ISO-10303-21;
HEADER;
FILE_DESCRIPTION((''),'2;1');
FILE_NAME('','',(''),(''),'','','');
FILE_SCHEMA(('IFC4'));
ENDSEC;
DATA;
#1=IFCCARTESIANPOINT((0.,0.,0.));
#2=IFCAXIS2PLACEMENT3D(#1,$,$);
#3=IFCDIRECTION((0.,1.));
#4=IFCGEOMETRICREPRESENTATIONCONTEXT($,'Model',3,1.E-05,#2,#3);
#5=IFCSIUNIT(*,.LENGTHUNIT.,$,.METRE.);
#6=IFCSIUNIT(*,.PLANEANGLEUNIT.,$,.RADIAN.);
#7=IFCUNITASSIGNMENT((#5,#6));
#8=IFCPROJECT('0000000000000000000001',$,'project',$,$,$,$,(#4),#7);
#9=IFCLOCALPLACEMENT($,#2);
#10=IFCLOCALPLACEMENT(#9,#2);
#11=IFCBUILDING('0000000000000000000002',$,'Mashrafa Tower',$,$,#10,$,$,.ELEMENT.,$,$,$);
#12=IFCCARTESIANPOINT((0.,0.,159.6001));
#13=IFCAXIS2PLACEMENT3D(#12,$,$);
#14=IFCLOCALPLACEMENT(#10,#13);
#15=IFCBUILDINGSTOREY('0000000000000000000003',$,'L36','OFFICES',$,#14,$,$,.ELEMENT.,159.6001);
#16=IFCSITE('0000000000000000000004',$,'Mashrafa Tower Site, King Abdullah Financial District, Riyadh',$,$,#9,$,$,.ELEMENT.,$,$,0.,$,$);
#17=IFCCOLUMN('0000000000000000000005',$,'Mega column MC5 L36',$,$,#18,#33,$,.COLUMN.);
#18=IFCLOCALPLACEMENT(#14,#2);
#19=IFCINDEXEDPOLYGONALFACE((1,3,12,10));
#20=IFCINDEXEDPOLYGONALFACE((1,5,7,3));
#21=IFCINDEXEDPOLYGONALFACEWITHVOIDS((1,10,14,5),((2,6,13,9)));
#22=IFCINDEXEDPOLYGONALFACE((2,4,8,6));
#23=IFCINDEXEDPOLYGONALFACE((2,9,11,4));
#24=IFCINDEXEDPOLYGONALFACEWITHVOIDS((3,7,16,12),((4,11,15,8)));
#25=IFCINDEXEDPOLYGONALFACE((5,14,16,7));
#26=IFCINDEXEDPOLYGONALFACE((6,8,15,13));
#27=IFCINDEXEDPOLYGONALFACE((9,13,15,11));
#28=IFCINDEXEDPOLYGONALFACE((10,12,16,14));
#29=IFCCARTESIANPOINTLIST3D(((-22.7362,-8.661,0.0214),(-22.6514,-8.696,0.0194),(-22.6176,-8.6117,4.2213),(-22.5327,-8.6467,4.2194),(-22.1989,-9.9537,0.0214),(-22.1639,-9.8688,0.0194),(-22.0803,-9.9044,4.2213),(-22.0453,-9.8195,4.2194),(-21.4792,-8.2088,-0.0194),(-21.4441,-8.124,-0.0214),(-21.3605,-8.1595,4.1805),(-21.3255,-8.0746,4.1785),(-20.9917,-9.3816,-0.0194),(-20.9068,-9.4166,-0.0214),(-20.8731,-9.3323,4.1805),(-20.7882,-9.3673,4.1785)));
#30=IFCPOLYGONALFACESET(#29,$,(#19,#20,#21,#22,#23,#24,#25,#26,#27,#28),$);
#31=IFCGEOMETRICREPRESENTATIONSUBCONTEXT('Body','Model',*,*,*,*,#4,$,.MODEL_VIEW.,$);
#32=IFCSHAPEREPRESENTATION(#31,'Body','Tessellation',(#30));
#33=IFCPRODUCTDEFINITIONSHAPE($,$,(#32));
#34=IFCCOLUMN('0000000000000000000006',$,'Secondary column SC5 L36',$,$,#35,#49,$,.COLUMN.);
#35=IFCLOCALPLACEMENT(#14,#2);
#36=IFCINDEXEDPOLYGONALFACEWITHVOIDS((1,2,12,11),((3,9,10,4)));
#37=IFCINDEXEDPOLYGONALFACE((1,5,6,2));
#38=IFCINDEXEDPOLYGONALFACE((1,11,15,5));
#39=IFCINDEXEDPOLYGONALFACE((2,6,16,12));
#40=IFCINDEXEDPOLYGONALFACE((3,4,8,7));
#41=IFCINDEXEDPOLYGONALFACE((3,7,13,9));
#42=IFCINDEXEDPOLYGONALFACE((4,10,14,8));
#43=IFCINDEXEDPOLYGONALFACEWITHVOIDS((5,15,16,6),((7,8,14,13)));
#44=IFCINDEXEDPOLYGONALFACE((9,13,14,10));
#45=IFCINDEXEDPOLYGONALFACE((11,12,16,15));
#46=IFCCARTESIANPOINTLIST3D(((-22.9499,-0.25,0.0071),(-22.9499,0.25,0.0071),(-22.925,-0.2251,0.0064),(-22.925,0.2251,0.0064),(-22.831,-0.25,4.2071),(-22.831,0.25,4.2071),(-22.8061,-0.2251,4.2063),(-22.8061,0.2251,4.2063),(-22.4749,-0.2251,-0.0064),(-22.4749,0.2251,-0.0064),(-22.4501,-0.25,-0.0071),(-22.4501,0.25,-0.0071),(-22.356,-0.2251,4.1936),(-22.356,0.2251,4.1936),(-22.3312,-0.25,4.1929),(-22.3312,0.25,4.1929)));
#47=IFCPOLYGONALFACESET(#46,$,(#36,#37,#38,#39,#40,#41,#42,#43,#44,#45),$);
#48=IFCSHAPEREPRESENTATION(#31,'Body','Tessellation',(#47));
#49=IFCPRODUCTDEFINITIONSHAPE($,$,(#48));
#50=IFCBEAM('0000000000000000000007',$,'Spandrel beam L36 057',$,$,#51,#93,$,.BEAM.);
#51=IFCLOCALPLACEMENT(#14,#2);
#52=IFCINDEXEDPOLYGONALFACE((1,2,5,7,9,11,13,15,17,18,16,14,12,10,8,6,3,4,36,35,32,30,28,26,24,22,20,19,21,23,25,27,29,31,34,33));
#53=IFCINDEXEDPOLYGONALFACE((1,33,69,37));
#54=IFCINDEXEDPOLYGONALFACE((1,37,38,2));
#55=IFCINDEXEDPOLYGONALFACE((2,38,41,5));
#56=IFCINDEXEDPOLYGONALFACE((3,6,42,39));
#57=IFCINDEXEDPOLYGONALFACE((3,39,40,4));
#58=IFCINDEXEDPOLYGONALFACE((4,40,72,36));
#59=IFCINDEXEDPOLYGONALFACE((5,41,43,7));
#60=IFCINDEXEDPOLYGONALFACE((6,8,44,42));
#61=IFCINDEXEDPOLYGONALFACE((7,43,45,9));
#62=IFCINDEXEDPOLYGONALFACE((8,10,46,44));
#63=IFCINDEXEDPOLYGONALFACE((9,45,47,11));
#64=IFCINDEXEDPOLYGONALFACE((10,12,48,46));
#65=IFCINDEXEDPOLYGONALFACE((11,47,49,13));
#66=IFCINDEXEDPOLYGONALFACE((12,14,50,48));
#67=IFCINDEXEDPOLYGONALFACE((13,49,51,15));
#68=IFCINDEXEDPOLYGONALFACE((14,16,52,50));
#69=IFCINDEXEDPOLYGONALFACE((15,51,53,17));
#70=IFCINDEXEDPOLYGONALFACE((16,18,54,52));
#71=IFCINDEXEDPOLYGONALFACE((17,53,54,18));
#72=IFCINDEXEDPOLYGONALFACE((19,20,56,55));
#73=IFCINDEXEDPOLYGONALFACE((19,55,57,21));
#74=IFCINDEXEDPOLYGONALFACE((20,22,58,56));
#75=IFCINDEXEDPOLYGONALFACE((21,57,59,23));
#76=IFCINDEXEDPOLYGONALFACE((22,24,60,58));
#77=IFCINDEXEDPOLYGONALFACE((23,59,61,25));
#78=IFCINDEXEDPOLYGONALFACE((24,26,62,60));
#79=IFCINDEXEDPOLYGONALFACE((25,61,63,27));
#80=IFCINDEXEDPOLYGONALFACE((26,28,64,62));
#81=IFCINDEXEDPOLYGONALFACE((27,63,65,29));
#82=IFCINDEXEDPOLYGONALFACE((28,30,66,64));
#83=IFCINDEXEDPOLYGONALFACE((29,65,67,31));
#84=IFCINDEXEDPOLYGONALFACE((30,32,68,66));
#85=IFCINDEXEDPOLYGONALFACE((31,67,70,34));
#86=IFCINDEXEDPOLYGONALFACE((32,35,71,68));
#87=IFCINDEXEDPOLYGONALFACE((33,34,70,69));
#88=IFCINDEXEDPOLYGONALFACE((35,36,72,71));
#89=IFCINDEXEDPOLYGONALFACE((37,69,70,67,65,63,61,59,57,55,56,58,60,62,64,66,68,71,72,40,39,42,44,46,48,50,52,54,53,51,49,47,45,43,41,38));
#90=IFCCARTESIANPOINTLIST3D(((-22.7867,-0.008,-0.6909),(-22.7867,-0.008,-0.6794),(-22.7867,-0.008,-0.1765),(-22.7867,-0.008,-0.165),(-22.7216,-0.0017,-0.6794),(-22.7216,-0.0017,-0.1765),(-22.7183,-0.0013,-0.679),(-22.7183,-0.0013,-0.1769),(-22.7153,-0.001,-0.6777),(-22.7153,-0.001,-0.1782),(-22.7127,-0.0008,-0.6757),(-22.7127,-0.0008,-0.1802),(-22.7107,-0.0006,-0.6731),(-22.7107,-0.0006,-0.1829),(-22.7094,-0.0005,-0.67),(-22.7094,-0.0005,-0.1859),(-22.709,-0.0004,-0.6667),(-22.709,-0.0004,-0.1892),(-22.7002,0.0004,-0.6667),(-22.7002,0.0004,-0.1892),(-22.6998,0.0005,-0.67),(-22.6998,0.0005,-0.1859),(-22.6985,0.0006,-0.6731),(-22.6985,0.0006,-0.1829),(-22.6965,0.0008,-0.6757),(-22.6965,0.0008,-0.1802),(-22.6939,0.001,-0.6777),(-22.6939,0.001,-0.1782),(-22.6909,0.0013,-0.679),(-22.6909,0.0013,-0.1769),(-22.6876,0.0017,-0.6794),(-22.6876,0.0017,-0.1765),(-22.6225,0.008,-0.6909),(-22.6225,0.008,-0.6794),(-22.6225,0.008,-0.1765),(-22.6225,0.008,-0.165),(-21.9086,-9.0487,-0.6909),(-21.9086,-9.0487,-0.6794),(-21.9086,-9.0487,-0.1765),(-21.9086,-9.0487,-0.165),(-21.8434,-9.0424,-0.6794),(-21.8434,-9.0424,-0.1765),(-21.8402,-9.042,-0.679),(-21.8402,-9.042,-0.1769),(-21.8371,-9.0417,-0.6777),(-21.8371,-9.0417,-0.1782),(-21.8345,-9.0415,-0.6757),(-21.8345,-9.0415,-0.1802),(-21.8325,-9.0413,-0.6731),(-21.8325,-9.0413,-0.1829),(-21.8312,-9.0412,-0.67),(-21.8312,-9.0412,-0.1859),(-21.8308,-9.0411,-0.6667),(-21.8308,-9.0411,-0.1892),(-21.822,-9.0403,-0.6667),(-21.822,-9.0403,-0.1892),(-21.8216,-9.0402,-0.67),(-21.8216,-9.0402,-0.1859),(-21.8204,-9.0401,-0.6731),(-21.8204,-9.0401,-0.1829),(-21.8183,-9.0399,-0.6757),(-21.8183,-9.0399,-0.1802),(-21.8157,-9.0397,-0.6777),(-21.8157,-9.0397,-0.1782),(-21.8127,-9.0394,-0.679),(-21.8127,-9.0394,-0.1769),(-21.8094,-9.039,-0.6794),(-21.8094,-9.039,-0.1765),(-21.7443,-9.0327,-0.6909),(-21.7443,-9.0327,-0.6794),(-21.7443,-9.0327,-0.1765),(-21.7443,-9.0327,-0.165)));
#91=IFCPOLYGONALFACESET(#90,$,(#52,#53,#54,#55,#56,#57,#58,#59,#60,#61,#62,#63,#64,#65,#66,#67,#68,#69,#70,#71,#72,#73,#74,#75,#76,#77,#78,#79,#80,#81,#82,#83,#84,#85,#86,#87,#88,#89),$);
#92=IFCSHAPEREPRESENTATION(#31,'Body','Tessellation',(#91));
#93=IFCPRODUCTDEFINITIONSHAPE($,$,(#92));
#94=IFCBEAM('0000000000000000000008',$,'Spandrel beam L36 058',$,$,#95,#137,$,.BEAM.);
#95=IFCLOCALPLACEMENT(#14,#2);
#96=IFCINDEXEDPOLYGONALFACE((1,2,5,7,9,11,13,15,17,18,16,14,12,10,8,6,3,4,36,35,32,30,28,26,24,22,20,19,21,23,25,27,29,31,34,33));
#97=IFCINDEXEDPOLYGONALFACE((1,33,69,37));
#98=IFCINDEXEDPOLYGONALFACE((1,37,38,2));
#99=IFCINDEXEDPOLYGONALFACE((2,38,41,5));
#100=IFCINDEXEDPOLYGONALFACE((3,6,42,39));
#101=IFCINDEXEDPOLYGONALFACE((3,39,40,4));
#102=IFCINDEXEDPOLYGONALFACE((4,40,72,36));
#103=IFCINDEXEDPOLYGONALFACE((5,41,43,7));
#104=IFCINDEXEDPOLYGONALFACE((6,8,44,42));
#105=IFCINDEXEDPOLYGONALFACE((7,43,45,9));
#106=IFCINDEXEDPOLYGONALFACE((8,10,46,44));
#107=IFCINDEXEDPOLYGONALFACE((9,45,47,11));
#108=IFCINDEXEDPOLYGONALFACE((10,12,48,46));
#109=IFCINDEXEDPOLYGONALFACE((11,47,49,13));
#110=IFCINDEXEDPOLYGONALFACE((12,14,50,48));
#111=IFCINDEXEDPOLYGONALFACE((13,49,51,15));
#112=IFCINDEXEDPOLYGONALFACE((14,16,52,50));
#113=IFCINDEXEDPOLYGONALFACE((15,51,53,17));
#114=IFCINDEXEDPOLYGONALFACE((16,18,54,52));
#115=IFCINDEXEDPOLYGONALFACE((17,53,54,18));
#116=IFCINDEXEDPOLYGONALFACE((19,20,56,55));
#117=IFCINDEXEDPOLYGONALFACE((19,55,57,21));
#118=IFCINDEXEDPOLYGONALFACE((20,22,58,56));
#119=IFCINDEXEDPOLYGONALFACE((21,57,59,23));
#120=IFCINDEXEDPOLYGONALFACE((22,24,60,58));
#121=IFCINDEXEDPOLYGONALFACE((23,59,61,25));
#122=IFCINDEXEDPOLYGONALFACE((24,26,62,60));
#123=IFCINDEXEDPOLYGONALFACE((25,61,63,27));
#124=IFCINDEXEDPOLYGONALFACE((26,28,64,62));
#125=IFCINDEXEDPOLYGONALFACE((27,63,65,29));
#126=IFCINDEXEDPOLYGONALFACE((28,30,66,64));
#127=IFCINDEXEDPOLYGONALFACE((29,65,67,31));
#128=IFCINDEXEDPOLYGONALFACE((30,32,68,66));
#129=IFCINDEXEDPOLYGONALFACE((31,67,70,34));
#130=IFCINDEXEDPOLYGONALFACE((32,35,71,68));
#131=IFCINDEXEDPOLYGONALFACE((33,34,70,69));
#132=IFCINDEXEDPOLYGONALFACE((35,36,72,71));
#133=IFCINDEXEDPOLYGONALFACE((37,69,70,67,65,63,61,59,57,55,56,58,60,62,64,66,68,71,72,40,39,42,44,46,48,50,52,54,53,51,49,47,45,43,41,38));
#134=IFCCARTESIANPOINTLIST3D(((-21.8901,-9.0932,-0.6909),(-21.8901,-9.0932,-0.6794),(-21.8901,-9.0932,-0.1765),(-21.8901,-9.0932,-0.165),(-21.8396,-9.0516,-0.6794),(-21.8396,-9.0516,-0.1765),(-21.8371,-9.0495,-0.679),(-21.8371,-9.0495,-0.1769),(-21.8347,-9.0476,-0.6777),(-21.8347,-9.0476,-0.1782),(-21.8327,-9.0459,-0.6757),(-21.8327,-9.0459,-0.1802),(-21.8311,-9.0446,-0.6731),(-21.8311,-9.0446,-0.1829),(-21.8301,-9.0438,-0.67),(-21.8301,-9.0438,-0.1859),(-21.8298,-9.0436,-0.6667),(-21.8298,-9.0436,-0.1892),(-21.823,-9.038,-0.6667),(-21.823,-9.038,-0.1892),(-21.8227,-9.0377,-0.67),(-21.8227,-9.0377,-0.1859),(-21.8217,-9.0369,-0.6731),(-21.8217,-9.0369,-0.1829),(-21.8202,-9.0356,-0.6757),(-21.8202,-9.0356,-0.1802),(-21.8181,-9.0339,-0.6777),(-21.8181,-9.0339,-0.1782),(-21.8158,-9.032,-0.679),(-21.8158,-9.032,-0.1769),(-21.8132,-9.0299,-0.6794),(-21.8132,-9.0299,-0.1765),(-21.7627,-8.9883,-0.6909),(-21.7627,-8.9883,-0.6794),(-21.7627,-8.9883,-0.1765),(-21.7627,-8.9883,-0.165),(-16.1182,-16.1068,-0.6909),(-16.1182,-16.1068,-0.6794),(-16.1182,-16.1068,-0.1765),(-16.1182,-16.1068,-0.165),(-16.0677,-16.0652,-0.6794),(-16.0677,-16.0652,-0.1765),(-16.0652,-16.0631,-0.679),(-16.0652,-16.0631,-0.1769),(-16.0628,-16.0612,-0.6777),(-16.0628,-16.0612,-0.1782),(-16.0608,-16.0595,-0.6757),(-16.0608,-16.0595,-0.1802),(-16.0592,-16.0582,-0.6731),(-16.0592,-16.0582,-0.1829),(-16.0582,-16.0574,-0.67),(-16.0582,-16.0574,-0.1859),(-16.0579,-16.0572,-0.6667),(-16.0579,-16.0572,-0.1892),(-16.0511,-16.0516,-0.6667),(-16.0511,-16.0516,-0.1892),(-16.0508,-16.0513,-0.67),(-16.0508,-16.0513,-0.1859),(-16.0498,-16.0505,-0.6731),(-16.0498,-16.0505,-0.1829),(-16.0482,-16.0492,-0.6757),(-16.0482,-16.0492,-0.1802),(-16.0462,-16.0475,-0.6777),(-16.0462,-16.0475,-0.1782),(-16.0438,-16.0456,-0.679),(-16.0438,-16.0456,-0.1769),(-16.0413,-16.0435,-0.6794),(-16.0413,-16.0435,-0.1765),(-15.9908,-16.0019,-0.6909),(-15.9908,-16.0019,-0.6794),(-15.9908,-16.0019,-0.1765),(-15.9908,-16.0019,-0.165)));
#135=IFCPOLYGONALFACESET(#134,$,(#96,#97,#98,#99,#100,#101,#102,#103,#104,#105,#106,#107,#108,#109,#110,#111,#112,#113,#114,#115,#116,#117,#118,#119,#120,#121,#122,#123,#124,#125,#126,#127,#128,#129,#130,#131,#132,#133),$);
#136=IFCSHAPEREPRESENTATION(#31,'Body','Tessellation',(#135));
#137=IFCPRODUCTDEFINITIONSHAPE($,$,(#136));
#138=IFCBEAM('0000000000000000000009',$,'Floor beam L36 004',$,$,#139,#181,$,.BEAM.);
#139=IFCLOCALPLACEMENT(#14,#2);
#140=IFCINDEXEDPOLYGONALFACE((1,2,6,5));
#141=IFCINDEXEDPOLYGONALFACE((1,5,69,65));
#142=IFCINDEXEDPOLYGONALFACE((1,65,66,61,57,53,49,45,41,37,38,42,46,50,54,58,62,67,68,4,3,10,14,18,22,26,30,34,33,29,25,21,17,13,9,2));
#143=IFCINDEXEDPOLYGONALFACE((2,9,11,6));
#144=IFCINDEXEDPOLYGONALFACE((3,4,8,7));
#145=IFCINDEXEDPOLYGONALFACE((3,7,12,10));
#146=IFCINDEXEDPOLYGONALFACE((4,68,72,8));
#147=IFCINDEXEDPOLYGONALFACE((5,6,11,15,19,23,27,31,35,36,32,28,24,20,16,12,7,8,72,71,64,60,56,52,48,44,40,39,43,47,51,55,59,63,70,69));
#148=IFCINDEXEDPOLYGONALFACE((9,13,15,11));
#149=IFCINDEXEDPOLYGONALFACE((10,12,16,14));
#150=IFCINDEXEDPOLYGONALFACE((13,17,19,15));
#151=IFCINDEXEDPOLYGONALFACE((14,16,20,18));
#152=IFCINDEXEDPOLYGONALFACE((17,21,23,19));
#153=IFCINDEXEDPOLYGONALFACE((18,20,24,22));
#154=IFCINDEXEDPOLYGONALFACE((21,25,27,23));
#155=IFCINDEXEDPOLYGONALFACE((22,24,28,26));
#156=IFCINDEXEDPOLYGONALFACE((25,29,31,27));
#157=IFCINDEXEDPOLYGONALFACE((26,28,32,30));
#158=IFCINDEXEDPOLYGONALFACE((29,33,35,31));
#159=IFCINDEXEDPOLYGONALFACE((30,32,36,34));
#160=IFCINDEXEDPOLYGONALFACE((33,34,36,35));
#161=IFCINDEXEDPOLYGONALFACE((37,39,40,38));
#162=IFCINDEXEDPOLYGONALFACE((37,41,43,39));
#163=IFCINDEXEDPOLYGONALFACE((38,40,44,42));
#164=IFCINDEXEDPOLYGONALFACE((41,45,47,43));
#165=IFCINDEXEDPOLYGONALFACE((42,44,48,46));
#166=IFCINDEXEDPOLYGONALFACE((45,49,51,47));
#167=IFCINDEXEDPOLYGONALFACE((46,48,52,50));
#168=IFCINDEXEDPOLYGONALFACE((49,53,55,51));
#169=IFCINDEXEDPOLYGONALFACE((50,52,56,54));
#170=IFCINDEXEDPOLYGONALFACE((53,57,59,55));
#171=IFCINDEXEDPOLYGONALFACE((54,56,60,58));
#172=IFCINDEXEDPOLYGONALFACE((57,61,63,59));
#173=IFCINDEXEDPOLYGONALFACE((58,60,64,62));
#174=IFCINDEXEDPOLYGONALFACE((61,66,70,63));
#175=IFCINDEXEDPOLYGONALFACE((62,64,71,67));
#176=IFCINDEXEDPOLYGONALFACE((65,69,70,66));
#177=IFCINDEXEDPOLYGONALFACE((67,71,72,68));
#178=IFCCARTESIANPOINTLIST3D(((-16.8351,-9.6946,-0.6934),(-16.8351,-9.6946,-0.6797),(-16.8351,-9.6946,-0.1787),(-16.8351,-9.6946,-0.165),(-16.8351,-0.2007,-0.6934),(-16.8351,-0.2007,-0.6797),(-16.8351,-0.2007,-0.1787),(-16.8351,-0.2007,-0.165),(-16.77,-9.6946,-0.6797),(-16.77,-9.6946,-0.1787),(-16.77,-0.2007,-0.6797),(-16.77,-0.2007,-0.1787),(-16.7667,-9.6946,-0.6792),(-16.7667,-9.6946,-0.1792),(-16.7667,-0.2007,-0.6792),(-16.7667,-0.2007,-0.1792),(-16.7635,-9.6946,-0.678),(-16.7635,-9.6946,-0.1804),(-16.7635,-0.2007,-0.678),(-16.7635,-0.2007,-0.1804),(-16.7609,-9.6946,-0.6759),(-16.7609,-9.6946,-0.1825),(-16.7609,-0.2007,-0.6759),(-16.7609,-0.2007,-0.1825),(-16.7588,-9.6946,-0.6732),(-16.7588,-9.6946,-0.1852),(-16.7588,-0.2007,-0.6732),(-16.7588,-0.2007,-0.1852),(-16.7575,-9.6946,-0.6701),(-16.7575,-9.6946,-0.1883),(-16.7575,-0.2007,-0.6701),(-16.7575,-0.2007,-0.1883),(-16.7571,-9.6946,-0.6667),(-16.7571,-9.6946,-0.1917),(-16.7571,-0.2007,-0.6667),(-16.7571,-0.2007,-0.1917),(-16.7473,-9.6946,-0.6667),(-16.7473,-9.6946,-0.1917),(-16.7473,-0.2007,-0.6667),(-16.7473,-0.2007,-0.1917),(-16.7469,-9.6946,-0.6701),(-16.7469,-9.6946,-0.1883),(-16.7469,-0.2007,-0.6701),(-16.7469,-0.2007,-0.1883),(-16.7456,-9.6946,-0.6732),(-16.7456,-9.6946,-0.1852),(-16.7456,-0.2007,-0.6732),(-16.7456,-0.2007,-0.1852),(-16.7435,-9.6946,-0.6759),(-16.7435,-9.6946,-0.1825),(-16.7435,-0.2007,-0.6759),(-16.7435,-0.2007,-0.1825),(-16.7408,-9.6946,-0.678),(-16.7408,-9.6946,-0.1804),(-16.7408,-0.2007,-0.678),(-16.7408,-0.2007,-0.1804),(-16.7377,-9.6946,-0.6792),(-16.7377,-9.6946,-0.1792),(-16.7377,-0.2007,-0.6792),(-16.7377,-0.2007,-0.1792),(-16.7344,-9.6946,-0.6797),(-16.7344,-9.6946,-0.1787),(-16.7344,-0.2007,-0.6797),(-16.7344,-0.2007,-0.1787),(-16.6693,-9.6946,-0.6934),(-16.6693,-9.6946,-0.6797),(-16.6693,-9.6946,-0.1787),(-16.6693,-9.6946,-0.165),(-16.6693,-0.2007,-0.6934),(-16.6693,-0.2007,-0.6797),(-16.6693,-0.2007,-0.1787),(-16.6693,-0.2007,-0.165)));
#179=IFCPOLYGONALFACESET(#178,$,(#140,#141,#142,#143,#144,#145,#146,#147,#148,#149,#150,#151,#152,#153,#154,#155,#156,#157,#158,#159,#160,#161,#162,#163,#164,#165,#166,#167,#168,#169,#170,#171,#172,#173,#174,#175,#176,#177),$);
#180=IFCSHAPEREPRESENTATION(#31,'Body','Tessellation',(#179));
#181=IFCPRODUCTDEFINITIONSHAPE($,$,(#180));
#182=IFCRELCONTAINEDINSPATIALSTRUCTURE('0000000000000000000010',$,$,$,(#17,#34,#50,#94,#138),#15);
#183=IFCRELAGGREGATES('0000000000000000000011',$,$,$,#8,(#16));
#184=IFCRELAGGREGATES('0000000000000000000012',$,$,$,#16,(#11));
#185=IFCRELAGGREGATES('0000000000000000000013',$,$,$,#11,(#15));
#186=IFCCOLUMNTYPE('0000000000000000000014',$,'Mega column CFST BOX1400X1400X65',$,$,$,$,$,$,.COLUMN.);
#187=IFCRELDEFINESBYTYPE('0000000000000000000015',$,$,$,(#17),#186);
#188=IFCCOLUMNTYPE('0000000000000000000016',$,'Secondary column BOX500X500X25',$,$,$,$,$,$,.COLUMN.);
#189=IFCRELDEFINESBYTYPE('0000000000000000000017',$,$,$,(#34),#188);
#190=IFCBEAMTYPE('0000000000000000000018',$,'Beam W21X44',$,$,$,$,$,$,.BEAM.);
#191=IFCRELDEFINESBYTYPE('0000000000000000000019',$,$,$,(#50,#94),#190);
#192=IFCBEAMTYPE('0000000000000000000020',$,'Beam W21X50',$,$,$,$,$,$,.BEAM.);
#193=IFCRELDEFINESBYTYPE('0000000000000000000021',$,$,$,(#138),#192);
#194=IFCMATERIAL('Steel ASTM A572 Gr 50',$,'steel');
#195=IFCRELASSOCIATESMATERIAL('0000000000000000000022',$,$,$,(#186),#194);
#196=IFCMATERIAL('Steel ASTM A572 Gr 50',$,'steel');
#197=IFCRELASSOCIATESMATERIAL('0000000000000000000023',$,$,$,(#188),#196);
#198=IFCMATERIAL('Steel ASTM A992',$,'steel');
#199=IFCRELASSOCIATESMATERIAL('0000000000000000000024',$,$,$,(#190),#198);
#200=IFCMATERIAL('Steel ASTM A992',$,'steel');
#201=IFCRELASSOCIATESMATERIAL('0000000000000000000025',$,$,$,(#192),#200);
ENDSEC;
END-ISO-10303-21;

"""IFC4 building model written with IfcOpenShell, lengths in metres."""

from ifc_helpers import new_model, si_unit, direction, frame, origin, origin_2d, place, context, subcontext, project, spatial, hollow_rectangle, i_section, extrude, material, material_profile, profile_set, type_object, element, save


model = new_model("IFC4")

# Units and contexts
model_context = context("Model", 3, precision=1e-05, world=origin(), true_north=direction((0.0, 1.0)))
body_context = subcontext(model_context, "Body", "Model", "MODEL_VIEW")
ifc_project = project(units=[si_unit("LENGTHUNIT", "METRE"), si_unit("PLANEANGLEUNIT", "RADIAN")], contexts=[model_context])

# Site, building, storey
site_placement = place(None, origin())
site = spatial("IfcSite", under=ifc_project, at=site_placement, Name="Mashrafa Tower Site, King Abdullah Financial District, Riyadh", CompositionType="ELEMENT", RefElevation=0.0)
building_placement = place(site_placement, origin())
building = spatial("IfcBuilding", under=site, at=building_placement, Name="Mashrafa Tower", CompositionType="ELEMENT")
storey_placement = place(building_placement, frame((0.0, 0.0, 159.6001)))
storey = spatial("IfcBuildingStorey", under=building, at=storey_placement, Name="L36", Description="OFFICES", CompositionType="ELEMENT", Elevation=159.6001)

# Columns
ifc_material_1 = material(Name="Steel ASTM A572 Gr 50", Category="steel")
ifc_material_profile_1 = material_profile(ifc_material_1, hollow_rectangle(XDim=1.3999, YDim=1.3999, WallThickness=0.0649, at=origin_2d()), Name="BOX1400X1400X65")
ifc_profile_set_1 = profile_set([ifc_material_profile_1], Name="Steel ASTM A572 Gr 50")
column_type_1 = type_object("IfcColumnType", Name="Mega column CFST BOX1400X1400X65", PredefinedType="COLUMN", material=ifc_profile_set_1)
column_1_placement = place(storey_placement, frame((-21.8215, -9.0388, 0.0), z_axis=(0.028238, 0.011737, 0.999532), x_axis=(-0.383806, 0.923414, 0.0)))
element("IfcColumn", 1, at=column_1_placement, inside=storey, type_object=column_type_1, Name="Mega column MC5 L36", PredefinedType="COLUMN", context=body_context, shape_type="SweptSolid", body=[
    extrude(hollow_rectangle(XDim=1.3999, YDim=1.3999, WallThickness=0.0649, at=origin_2d()), origin(), (0.0, 0.0, 1.0), 4.2019),
])
ifc_material_2 = material(Name="Steel ASTM A572 Gr 50", Category="steel")
ifc_material_profile_2 = material_profile(ifc_material_2, hollow_rectangle(XDim=0.5, YDim=0.5, WallThickness=0.0249, at=origin_2d()), Name="BOX500X500X25")
ifc_profile_set_2 = profile_set([ifc_material_profile_2], Name="Steel ASTM A572 Gr 50")
column_type_2 = type_object("IfcColumnType", Name="Secondary column BOX500X500X25", PredefinedType="COLUMN", material=ifc_profile_set_2)
column_2_placement = place(storey_placement, frame((-22.7, 0.0, 0.0), z_axis=(0.028298, 0.0, 0.9996), x_axis=(0.0, 1.0, 0.0)))
element("IfcColumn", 2, at=column_2_placement, inside=storey, type_object=column_type_2, Name="Secondary column SC5 L36", PredefinedType="COLUMN", context=body_context, shape_type="SweptSolid", body=[
    extrude(hollow_rectangle(XDim=0.5, YDim=0.5, WallThickness=0.0249, at=origin_2d()), origin(), (0.0, 0.0, 1.0), 4.2017),
])

# Beams
ifc_material_3 = material(Name="Steel ASTM A992", Category="steel")
ifc_material_profile_3 = material_profile(ifc_material_3, i_section(OverallWidth=0.165, OverallDepth=0.5259, WebThickness=0.0088, FlangeThickness=0.0115, FilletRadius=0.0127, at=origin_2d()), Name="W21X44")
ifc_profile_set_3 = profile_set([ifc_material_profile_3], Name="Steel ASTM A992")
beam_type_1 = type_object("IfcBeamType", Name="Beam W21X44", PredefinedType="BEAM", material=ifc_profile_set_3)
for number, where, z_axis, x_axis, name in (
    (3, (-22.7046, 0.0, -0.428), (0.09668, -0.995316, 0.0), (0.995316, 0.09668, 0.0), "Spandrel beam L36 057"),
    (4, (-21.8264, -9.0408, -0.428), (0.635445, -0.772146, 0.0), (0.772146, 0.635445, 0.0), "Spandrel beam L36 058"),
):
    element("IfcBeam", number, at=place(storey_placement, frame(where, z_axis=z_axis, x_axis=x_axis)), inside=storey, type_object=beam_type_1, Name=name, PredefinedType="BEAM", context=body_context, shape_type="SweptSolid", body=[
        extrude(i_section(OverallWidth=0.165, OverallDepth=0.5259, WebThickness=0.0088, FlangeThickness=0.0115, FilletRadius=0.0127, at=origin_2d()), origin(), (0.0, 0.0, 1.0), 9.0833),
    ])
ifc_material_4 = material(Name="Steel ASTM A992", Category="steel")
ifc_material_profile_4 = material_profile(ifc_material_4, i_section(OverallWidth=0.1658, OverallDepth=0.5283, WebThickness=0.0098, FlangeThickness=0.0137, FilletRadius=0.0129, at=origin_2d()), Name="W21X50")
ifc_profile_set_4 = profile_set([ifc_material_profile_4], Name="Steel ASTM A992")
beam_type_2 = type_object("IfcBeamType", Name="Beam W21X50", PredefinedType="BEAM", material=ifc_profile_set_4)
beam_1_placement = place(storey_placement, frame((-16.7522, -9.6946, -0.4292), z_axis=(0.0, 1.0, 0.0), x_axis=(-1.0, 0.0, 0.0)))
element("IfcBeam", 5, at=beam_1_placement, inside=storey, type_object=beam_type_2, Name="Floor beam L36 004", PredefinedType="BEAM", context=body_context, shape_type="SweptSolid", body=[
    extrude(i_section(OverallWidth=0.1658, OverallDepth=0.5283, WebThickness=0.0098, FlangeThickness=0.0137, FilletRadius=0.0129, at=origin_2d()), origin(), (0.0, 0.0, 1.0), 9.4939),
])

save(model, "model.ifc")
